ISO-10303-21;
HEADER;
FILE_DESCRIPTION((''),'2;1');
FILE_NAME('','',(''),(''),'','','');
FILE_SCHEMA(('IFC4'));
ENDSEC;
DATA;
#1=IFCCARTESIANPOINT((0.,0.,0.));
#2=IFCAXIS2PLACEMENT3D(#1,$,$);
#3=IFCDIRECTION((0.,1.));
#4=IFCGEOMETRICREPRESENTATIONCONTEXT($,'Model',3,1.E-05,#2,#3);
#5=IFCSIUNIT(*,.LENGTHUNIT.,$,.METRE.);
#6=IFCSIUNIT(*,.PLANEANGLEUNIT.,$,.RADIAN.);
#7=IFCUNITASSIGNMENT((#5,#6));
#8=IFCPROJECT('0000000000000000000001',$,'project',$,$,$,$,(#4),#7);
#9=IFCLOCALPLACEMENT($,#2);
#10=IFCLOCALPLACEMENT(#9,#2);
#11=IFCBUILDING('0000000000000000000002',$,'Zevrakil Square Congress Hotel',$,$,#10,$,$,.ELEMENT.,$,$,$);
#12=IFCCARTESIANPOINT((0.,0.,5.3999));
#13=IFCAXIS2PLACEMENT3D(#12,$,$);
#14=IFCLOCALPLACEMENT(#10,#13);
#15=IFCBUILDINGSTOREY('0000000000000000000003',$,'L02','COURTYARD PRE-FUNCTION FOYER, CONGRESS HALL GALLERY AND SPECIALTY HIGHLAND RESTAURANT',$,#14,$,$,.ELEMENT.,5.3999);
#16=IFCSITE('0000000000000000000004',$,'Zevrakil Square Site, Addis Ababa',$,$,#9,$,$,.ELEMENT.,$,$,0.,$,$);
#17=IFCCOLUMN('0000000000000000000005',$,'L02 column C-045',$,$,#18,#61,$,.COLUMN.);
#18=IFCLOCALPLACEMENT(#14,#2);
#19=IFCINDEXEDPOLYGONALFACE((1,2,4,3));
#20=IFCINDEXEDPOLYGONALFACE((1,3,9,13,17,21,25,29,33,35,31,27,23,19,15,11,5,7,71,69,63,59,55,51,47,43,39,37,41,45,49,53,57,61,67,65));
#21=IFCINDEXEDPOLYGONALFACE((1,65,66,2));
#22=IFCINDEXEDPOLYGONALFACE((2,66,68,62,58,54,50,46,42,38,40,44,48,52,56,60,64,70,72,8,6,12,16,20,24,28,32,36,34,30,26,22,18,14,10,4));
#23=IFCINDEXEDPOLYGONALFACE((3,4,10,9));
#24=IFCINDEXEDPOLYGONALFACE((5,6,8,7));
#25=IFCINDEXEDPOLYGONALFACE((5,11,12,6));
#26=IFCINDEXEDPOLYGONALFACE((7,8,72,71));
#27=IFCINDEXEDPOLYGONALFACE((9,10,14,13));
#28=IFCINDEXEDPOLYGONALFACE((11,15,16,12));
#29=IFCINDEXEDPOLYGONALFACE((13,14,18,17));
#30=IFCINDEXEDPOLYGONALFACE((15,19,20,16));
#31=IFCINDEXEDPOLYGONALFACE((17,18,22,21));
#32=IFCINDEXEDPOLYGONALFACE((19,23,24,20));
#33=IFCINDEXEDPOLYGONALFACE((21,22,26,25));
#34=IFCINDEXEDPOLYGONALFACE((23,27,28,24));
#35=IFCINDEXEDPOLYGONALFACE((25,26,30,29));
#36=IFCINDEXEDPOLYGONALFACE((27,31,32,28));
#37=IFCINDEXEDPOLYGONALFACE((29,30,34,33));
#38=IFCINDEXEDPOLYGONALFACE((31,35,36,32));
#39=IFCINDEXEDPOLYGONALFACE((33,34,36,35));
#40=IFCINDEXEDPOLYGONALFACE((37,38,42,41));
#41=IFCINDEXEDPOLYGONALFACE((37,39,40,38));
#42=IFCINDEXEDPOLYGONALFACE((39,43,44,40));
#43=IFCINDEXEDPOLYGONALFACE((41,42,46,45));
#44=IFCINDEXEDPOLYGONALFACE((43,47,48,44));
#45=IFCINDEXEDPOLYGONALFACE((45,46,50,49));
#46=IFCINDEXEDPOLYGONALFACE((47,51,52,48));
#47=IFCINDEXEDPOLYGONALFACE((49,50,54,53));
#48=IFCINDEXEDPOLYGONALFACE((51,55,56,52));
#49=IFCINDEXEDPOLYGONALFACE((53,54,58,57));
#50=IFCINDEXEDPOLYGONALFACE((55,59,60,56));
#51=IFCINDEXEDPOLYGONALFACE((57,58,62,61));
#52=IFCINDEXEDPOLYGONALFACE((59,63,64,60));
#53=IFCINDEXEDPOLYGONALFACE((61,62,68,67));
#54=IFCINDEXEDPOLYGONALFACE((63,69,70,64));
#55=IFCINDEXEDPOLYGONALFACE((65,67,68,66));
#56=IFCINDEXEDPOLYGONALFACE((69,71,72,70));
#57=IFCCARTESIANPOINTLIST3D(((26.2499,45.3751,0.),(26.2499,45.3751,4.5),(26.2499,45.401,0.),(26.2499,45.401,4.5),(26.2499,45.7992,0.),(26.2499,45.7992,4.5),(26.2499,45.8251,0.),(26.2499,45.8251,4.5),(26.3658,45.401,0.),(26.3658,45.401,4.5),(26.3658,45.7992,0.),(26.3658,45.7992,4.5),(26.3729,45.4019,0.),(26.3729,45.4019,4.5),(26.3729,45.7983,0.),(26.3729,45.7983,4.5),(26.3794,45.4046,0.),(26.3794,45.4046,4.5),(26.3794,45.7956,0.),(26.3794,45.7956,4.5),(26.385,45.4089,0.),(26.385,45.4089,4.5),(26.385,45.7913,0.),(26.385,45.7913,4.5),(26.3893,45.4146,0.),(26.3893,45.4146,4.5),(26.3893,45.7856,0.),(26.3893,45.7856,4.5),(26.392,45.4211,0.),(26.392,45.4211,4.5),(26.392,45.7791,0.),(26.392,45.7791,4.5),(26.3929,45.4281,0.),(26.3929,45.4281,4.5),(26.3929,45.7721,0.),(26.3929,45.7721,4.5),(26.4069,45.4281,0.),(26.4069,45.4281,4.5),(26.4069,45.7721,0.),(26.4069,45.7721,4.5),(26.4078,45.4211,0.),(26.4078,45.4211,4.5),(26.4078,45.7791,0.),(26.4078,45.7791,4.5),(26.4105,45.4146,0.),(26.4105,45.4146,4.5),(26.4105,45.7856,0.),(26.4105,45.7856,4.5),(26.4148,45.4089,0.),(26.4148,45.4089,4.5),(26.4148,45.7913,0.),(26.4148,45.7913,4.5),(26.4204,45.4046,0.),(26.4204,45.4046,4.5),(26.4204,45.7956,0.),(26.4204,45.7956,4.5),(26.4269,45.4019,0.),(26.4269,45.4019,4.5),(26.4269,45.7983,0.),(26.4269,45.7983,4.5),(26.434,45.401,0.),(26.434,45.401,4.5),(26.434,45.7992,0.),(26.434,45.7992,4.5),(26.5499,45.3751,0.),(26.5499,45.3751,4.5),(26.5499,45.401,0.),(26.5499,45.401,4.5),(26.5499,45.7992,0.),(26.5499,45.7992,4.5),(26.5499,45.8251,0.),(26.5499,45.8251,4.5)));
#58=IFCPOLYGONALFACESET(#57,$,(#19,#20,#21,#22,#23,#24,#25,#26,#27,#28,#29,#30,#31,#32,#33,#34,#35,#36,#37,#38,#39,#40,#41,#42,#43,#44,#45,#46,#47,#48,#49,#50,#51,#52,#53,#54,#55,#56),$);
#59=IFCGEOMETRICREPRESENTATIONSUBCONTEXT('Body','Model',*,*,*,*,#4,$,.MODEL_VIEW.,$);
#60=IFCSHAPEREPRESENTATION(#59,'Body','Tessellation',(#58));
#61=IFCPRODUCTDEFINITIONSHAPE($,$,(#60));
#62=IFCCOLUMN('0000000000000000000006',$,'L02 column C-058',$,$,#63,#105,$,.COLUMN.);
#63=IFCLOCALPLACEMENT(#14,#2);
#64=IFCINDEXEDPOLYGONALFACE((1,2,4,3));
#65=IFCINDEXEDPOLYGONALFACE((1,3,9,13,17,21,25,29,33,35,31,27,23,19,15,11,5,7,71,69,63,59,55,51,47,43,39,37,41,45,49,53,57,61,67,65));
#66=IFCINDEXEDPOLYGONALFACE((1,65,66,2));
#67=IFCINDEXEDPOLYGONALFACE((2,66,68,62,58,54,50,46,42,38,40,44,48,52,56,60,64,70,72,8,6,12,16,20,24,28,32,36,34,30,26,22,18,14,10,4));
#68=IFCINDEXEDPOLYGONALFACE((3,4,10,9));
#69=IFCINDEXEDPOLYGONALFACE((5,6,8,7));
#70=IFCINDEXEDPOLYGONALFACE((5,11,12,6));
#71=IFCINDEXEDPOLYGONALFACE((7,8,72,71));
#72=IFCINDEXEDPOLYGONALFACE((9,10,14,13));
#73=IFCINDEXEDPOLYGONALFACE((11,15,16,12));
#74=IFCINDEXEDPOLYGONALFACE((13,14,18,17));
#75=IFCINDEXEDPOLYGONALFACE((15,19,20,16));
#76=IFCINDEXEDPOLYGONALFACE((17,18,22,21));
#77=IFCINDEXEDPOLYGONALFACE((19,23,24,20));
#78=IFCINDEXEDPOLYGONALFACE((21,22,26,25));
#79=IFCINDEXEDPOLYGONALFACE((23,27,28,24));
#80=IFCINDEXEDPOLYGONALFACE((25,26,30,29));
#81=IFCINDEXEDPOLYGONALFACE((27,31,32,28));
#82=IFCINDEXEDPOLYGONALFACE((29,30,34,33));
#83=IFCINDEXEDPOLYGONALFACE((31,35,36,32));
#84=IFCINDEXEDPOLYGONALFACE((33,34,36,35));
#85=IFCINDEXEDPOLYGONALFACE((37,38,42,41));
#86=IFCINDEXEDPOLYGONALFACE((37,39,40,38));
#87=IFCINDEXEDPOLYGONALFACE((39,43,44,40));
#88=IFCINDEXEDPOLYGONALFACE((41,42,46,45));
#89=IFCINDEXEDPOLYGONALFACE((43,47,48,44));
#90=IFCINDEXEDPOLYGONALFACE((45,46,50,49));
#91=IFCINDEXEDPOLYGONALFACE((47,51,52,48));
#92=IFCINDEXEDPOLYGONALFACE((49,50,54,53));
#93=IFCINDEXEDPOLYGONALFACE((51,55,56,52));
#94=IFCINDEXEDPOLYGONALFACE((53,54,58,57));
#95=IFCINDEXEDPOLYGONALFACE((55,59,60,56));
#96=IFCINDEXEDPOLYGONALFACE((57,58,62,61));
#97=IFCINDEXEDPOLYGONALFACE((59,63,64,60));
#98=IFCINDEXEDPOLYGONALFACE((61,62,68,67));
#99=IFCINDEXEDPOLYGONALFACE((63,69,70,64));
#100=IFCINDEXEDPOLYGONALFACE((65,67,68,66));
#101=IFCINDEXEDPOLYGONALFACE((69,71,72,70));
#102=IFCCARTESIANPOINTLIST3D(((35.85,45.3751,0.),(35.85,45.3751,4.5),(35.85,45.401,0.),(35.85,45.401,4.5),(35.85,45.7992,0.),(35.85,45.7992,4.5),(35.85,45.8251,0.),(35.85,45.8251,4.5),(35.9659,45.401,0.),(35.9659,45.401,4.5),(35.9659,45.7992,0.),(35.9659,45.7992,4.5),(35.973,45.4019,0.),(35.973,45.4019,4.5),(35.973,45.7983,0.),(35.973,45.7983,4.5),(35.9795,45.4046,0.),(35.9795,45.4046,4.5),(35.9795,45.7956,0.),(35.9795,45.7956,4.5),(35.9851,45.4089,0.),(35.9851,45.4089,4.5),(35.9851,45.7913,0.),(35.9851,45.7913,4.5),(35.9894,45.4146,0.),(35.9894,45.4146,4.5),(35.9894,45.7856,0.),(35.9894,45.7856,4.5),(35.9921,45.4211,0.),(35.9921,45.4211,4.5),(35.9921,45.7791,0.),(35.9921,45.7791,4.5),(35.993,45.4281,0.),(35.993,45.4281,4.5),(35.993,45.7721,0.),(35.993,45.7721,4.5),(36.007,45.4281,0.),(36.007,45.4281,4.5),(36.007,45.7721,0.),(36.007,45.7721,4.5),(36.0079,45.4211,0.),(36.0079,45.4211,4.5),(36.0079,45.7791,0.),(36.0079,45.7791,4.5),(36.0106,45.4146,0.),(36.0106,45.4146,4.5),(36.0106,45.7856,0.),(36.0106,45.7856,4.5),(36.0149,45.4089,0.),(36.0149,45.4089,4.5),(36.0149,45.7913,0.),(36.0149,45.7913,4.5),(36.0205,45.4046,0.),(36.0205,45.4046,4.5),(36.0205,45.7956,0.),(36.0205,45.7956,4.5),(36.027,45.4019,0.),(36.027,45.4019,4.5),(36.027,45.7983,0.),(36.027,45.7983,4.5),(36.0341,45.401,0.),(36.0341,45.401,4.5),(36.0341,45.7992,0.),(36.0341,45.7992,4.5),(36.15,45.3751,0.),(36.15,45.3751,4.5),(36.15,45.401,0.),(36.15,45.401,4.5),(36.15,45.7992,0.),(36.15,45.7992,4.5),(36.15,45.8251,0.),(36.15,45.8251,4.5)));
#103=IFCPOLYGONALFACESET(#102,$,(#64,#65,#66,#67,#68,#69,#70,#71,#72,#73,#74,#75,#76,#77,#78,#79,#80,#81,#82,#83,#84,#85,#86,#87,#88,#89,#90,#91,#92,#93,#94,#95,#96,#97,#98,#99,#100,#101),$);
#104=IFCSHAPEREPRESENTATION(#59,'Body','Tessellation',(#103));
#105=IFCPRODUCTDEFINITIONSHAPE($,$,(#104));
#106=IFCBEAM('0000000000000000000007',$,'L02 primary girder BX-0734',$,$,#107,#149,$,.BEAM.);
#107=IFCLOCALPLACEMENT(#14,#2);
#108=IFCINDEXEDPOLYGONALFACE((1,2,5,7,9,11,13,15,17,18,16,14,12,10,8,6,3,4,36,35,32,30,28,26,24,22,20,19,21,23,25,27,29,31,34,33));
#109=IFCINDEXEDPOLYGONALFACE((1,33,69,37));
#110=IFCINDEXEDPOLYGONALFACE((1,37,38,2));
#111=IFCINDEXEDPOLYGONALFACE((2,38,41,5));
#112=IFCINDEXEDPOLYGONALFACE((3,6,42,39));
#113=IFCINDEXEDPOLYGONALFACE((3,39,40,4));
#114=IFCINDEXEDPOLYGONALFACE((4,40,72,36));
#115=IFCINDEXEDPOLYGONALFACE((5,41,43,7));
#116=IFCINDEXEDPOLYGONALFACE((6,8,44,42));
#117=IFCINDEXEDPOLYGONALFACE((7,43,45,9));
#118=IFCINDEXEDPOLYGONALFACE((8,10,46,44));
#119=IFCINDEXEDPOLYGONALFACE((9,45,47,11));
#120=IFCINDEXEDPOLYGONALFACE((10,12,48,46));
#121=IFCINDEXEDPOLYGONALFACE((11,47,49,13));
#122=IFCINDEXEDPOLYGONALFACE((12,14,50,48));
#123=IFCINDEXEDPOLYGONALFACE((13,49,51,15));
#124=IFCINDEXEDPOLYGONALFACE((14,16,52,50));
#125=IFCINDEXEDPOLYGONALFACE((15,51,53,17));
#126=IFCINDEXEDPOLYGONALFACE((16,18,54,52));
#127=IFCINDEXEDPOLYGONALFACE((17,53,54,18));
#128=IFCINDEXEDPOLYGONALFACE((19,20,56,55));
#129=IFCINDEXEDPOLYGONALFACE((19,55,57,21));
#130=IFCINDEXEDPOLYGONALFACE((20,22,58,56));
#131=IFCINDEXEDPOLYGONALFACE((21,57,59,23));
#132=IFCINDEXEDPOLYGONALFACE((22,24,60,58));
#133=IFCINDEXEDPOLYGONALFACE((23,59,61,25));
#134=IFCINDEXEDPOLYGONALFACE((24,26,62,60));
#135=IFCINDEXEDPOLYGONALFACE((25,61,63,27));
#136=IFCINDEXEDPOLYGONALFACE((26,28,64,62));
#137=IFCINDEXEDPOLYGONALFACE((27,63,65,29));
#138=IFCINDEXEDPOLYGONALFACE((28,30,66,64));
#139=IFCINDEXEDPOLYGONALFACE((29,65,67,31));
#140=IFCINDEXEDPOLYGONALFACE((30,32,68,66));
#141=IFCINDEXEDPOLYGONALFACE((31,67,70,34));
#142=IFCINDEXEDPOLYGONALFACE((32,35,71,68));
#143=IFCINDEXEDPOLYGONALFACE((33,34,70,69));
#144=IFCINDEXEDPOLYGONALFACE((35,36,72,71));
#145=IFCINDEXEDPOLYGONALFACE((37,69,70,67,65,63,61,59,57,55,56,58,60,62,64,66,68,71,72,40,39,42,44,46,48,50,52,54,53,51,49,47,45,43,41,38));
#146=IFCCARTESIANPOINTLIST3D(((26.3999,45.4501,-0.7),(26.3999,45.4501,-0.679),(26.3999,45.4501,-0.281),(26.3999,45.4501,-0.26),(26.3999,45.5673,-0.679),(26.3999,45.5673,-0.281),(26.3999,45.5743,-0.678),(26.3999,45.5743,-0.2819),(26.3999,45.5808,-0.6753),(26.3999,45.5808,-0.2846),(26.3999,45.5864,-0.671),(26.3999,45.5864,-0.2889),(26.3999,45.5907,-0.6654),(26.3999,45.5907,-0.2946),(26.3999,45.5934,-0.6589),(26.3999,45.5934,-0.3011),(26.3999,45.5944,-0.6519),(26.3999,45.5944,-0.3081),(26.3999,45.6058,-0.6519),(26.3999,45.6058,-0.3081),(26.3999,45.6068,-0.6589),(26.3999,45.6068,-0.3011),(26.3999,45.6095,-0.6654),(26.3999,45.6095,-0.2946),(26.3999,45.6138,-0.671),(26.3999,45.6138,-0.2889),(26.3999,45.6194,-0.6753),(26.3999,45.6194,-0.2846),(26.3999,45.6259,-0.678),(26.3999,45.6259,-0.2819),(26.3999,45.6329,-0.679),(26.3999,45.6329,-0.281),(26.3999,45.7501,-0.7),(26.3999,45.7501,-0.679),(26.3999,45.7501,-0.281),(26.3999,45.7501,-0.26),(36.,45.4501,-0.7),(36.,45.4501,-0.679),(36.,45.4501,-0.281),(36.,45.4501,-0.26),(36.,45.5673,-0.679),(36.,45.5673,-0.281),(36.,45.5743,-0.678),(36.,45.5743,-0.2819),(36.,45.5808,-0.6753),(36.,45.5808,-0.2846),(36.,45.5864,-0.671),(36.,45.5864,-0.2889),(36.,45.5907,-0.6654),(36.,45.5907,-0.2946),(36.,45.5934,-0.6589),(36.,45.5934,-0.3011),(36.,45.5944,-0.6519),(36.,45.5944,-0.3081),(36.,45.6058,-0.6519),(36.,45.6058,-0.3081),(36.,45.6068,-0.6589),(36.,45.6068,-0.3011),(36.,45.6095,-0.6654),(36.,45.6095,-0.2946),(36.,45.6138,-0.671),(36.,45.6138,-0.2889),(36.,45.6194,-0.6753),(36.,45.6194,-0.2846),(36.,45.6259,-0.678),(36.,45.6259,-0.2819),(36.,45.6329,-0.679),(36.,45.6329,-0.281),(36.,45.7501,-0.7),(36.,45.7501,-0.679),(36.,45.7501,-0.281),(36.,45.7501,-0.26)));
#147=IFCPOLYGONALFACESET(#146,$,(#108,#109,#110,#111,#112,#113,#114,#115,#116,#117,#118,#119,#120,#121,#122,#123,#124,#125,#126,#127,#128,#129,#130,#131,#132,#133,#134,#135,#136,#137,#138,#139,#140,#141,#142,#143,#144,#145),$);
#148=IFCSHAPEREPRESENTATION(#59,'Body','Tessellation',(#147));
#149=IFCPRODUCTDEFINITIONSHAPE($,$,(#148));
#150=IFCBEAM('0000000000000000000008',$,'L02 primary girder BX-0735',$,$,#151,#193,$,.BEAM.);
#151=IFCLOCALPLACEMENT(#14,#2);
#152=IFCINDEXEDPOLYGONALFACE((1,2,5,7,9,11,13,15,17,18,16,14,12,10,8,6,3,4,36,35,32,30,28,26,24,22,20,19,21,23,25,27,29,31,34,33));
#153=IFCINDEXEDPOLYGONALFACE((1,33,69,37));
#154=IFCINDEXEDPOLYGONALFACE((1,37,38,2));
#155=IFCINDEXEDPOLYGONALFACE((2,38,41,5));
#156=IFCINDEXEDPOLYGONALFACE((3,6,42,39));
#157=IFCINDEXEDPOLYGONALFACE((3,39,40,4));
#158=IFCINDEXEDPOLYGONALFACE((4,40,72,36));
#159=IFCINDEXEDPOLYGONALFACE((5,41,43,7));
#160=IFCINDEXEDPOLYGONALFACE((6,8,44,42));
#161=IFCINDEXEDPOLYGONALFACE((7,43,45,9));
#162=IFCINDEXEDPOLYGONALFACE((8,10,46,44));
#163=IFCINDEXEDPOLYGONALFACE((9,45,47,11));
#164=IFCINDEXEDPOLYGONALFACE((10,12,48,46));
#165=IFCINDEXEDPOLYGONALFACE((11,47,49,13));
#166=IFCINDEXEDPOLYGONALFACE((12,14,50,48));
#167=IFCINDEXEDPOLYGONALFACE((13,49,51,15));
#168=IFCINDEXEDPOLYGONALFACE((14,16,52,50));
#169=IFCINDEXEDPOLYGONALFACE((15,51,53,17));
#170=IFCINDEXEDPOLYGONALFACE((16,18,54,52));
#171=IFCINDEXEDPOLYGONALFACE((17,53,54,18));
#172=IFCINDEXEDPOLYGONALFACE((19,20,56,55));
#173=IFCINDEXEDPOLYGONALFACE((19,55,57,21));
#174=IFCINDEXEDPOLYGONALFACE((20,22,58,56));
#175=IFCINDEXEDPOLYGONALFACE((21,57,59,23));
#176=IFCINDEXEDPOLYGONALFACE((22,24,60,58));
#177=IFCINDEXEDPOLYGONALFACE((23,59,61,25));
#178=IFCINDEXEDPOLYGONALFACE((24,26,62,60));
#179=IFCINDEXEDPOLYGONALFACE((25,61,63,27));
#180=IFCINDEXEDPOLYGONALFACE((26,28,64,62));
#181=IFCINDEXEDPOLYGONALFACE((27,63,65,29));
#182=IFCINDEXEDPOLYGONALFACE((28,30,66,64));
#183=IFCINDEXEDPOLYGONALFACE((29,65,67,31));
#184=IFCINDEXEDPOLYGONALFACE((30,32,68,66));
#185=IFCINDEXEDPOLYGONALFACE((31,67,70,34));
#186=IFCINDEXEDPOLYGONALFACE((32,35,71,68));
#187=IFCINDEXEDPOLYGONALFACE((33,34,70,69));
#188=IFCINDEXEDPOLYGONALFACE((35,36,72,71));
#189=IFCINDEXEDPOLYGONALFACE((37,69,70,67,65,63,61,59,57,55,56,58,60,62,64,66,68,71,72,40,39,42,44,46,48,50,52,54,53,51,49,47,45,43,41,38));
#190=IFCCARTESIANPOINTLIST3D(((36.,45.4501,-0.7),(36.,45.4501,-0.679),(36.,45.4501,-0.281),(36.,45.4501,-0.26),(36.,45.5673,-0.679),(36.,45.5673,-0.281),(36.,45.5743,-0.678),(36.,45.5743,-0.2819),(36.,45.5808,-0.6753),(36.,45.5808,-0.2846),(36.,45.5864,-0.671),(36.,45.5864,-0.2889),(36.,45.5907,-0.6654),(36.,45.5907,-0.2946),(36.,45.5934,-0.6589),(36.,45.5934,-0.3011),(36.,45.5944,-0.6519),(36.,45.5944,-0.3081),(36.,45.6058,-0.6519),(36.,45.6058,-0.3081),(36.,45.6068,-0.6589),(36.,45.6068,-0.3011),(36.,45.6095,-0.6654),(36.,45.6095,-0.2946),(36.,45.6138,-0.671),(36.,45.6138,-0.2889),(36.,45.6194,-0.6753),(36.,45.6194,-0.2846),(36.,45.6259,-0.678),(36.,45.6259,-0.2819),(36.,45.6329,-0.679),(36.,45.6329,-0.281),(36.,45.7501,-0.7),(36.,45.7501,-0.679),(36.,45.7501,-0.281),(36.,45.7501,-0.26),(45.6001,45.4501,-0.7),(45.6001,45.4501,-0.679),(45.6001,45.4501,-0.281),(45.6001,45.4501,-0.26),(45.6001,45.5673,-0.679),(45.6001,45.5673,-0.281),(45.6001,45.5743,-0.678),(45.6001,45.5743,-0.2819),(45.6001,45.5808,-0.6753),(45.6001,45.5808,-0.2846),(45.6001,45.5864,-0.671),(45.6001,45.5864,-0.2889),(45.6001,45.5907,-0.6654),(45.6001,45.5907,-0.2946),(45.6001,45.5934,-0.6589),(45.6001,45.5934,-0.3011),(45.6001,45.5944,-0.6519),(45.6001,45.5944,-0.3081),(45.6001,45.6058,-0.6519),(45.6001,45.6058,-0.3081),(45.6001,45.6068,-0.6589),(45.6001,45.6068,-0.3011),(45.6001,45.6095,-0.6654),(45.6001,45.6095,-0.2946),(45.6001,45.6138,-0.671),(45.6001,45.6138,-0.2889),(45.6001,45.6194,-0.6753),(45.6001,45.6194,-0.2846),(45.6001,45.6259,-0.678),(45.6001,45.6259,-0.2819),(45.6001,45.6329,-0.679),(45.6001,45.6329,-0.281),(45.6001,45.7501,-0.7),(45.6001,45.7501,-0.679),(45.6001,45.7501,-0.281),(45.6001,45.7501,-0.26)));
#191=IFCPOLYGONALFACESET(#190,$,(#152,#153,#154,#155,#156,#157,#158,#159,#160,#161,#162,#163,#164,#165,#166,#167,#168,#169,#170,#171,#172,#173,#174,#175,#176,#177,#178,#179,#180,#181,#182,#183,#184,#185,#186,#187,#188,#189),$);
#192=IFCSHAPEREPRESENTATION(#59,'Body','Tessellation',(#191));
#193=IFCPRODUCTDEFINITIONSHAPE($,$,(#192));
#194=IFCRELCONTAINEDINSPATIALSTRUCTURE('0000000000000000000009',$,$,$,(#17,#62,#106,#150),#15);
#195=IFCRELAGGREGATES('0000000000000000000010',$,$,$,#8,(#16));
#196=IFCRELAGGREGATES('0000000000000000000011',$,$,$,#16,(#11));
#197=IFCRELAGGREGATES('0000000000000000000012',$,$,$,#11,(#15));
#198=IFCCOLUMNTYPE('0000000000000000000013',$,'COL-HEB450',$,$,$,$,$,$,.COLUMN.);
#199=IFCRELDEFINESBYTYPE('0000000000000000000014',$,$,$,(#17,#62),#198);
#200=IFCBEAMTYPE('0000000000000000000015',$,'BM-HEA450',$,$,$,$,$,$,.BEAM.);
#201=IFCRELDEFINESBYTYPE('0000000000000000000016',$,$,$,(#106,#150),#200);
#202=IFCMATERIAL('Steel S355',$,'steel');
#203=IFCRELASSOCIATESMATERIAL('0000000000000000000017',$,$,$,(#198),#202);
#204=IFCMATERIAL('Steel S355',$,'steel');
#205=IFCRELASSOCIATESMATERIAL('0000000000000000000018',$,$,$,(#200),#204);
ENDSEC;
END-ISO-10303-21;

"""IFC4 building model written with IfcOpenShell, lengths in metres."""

from ifc_helpers import new_model, si_unit, direction, frame, origin, origin_2d, place, context, subcontext, project, spatial, i_section, extrude, material, material_profile, profile_set, type_object, element, save


model = new_model("IFC4")

# Units and contexts
model_context = context("Model", 3, precision=1e-05, world=origin(), true_north=direction((0.0, 1.0)))
body_context = subcontext(model_context, "Body", "Model", "MODEL_VIEW")
ifc_project = project(units=[si_unit("LENGTHUNIT", "METRE"), si_unit("PLANEANGLEUNIT", "RADIAN")], contexts=[model_context])

# Site, building, storey
site_placement = place(None, origin())
site = spatial("IfcSite", under=ifc_project, at=site_placement, Name="Zevrakil Square Site, Addis Ababa", CompositionType="ELEMENT", RefElevation=0.0)
building_placement = place(site_placement, origin())
building = spatial("IfcBuilding", under=site, at=building_placement, Name="Zevrakil Square Congress Hotel", CompositionType="ELEMENT")
storey_placement = place(building_placement, frame((0.0, 0.0, 5.3999)))
storey = spatial("IfcBuildingStorey", under=building, at=storey_placement, Name="L02", Description="COURTYARD PRE-FUNCTION FOYER, CONGRESS HALL GALLERY AND SPECIALTY HIGHLAND RESTAURANT", CompositionType="ELEMENT", Elevation=5.3999)

# Columns
ifc_material_1 = material(Name="Steel S355", Category="steel")
ifc_material_profile_1 = material_profile(ifc_material_1, i_section(OverallWidth=0.3, OverallDepth=0.45, WebThickness=0.0139, FlangeThickness=0.0259, FilletRadius=0.0271, at=origin_2d()), Name="HEB 450")
ifc_profile_set_1 = profile_set([ifc_material_profile_1], Name="Steel S355")
column_type = type_object("IfcColumnType", Name="COL-HEB450", PredefinedType="COLUMN", material=ifc_profile_set_1)
for number, where, z_axis, x_axis, name in (
    (1, (26.3999, 45.6001, 0.0), (0.0, 0.0, 1.0), (1.0, 0.0, 0.0), "L02 column C-045"),
    (2, (36.0, 45.6001, 0.0), (0.0, 0.0, 1.0), (1.0, 0.0, 0.0), "L02 column C-058"),
):
    element("IfcColumn", number, at=place(storey_placement, frame(where, z_axis=z_axis, x_axis=x_axis)), inside=storey, type_object=column_type, Name=name, PredefinedType="COLUMN", context=body_context, shape_type="SweptSolid", body=[
        extrude(i_section(OverallWidth=0.3, OverallDepth=0.45, WebThickness=0.0139, FlangeThickness=0.0259, FilletRadius=0.0271, at=origin_2d()), origin(), (0.0, 0.0, 1.0), 4.5),
    ])

# Beams
ifc_material_2 = material(Name="Steel S355", Category="steel")
ifc_material_profile_2 = material_profile(ifc_material_2, i_section(OverallWidth=0.3, OverallDepth=0.4399, WebThickness=0.0115, FlangeThickness=0.021, FilletRadius=0.0271, at=origin_2d()), Name="HEA 450")
ifc_profile_set_2 = profile_set([ifc_material_profile_2], Name="Steel S355")
beam_type = type_object("IfcBeamType", Name="BM-HEA450", PredefinedType="BEAM", material=ifc_profile_set_2)
for number, where, z_axis, x_axis, name in (
    (3, (26.3999, 45.6001, -0.48), (1.0, 0.0, 0.0), (0.0, 1.0, 0.0), "L02 primary girder BX-0734"),
    (4, (36.0, 45.6001, -0.48), (1.0, 0.0, 0.0), (0.0, 1.0, 0.0), "L02 primary girder BX-0735"),
):
    element("IfcBeam", number, at=place(storey_placement, frame(where, z_axis=z_axis, x_axis=x_axis)), inside=storey, type_object=beam_type, Name=name, PredefinedType="BEAM", context=body_context, shape_type="SweptSolid", body=[
        extrude(i_section(OverallWidth=0.3, OverallDepth=0.4399, WebThickness=0.0115, FlangeThickness=0.021, FilletRadius=0.0271, at=origin_2d()), origin(), (0.0, 0.0, 1.0), 9.6001),
    ])

save(model, "model.ifc")
